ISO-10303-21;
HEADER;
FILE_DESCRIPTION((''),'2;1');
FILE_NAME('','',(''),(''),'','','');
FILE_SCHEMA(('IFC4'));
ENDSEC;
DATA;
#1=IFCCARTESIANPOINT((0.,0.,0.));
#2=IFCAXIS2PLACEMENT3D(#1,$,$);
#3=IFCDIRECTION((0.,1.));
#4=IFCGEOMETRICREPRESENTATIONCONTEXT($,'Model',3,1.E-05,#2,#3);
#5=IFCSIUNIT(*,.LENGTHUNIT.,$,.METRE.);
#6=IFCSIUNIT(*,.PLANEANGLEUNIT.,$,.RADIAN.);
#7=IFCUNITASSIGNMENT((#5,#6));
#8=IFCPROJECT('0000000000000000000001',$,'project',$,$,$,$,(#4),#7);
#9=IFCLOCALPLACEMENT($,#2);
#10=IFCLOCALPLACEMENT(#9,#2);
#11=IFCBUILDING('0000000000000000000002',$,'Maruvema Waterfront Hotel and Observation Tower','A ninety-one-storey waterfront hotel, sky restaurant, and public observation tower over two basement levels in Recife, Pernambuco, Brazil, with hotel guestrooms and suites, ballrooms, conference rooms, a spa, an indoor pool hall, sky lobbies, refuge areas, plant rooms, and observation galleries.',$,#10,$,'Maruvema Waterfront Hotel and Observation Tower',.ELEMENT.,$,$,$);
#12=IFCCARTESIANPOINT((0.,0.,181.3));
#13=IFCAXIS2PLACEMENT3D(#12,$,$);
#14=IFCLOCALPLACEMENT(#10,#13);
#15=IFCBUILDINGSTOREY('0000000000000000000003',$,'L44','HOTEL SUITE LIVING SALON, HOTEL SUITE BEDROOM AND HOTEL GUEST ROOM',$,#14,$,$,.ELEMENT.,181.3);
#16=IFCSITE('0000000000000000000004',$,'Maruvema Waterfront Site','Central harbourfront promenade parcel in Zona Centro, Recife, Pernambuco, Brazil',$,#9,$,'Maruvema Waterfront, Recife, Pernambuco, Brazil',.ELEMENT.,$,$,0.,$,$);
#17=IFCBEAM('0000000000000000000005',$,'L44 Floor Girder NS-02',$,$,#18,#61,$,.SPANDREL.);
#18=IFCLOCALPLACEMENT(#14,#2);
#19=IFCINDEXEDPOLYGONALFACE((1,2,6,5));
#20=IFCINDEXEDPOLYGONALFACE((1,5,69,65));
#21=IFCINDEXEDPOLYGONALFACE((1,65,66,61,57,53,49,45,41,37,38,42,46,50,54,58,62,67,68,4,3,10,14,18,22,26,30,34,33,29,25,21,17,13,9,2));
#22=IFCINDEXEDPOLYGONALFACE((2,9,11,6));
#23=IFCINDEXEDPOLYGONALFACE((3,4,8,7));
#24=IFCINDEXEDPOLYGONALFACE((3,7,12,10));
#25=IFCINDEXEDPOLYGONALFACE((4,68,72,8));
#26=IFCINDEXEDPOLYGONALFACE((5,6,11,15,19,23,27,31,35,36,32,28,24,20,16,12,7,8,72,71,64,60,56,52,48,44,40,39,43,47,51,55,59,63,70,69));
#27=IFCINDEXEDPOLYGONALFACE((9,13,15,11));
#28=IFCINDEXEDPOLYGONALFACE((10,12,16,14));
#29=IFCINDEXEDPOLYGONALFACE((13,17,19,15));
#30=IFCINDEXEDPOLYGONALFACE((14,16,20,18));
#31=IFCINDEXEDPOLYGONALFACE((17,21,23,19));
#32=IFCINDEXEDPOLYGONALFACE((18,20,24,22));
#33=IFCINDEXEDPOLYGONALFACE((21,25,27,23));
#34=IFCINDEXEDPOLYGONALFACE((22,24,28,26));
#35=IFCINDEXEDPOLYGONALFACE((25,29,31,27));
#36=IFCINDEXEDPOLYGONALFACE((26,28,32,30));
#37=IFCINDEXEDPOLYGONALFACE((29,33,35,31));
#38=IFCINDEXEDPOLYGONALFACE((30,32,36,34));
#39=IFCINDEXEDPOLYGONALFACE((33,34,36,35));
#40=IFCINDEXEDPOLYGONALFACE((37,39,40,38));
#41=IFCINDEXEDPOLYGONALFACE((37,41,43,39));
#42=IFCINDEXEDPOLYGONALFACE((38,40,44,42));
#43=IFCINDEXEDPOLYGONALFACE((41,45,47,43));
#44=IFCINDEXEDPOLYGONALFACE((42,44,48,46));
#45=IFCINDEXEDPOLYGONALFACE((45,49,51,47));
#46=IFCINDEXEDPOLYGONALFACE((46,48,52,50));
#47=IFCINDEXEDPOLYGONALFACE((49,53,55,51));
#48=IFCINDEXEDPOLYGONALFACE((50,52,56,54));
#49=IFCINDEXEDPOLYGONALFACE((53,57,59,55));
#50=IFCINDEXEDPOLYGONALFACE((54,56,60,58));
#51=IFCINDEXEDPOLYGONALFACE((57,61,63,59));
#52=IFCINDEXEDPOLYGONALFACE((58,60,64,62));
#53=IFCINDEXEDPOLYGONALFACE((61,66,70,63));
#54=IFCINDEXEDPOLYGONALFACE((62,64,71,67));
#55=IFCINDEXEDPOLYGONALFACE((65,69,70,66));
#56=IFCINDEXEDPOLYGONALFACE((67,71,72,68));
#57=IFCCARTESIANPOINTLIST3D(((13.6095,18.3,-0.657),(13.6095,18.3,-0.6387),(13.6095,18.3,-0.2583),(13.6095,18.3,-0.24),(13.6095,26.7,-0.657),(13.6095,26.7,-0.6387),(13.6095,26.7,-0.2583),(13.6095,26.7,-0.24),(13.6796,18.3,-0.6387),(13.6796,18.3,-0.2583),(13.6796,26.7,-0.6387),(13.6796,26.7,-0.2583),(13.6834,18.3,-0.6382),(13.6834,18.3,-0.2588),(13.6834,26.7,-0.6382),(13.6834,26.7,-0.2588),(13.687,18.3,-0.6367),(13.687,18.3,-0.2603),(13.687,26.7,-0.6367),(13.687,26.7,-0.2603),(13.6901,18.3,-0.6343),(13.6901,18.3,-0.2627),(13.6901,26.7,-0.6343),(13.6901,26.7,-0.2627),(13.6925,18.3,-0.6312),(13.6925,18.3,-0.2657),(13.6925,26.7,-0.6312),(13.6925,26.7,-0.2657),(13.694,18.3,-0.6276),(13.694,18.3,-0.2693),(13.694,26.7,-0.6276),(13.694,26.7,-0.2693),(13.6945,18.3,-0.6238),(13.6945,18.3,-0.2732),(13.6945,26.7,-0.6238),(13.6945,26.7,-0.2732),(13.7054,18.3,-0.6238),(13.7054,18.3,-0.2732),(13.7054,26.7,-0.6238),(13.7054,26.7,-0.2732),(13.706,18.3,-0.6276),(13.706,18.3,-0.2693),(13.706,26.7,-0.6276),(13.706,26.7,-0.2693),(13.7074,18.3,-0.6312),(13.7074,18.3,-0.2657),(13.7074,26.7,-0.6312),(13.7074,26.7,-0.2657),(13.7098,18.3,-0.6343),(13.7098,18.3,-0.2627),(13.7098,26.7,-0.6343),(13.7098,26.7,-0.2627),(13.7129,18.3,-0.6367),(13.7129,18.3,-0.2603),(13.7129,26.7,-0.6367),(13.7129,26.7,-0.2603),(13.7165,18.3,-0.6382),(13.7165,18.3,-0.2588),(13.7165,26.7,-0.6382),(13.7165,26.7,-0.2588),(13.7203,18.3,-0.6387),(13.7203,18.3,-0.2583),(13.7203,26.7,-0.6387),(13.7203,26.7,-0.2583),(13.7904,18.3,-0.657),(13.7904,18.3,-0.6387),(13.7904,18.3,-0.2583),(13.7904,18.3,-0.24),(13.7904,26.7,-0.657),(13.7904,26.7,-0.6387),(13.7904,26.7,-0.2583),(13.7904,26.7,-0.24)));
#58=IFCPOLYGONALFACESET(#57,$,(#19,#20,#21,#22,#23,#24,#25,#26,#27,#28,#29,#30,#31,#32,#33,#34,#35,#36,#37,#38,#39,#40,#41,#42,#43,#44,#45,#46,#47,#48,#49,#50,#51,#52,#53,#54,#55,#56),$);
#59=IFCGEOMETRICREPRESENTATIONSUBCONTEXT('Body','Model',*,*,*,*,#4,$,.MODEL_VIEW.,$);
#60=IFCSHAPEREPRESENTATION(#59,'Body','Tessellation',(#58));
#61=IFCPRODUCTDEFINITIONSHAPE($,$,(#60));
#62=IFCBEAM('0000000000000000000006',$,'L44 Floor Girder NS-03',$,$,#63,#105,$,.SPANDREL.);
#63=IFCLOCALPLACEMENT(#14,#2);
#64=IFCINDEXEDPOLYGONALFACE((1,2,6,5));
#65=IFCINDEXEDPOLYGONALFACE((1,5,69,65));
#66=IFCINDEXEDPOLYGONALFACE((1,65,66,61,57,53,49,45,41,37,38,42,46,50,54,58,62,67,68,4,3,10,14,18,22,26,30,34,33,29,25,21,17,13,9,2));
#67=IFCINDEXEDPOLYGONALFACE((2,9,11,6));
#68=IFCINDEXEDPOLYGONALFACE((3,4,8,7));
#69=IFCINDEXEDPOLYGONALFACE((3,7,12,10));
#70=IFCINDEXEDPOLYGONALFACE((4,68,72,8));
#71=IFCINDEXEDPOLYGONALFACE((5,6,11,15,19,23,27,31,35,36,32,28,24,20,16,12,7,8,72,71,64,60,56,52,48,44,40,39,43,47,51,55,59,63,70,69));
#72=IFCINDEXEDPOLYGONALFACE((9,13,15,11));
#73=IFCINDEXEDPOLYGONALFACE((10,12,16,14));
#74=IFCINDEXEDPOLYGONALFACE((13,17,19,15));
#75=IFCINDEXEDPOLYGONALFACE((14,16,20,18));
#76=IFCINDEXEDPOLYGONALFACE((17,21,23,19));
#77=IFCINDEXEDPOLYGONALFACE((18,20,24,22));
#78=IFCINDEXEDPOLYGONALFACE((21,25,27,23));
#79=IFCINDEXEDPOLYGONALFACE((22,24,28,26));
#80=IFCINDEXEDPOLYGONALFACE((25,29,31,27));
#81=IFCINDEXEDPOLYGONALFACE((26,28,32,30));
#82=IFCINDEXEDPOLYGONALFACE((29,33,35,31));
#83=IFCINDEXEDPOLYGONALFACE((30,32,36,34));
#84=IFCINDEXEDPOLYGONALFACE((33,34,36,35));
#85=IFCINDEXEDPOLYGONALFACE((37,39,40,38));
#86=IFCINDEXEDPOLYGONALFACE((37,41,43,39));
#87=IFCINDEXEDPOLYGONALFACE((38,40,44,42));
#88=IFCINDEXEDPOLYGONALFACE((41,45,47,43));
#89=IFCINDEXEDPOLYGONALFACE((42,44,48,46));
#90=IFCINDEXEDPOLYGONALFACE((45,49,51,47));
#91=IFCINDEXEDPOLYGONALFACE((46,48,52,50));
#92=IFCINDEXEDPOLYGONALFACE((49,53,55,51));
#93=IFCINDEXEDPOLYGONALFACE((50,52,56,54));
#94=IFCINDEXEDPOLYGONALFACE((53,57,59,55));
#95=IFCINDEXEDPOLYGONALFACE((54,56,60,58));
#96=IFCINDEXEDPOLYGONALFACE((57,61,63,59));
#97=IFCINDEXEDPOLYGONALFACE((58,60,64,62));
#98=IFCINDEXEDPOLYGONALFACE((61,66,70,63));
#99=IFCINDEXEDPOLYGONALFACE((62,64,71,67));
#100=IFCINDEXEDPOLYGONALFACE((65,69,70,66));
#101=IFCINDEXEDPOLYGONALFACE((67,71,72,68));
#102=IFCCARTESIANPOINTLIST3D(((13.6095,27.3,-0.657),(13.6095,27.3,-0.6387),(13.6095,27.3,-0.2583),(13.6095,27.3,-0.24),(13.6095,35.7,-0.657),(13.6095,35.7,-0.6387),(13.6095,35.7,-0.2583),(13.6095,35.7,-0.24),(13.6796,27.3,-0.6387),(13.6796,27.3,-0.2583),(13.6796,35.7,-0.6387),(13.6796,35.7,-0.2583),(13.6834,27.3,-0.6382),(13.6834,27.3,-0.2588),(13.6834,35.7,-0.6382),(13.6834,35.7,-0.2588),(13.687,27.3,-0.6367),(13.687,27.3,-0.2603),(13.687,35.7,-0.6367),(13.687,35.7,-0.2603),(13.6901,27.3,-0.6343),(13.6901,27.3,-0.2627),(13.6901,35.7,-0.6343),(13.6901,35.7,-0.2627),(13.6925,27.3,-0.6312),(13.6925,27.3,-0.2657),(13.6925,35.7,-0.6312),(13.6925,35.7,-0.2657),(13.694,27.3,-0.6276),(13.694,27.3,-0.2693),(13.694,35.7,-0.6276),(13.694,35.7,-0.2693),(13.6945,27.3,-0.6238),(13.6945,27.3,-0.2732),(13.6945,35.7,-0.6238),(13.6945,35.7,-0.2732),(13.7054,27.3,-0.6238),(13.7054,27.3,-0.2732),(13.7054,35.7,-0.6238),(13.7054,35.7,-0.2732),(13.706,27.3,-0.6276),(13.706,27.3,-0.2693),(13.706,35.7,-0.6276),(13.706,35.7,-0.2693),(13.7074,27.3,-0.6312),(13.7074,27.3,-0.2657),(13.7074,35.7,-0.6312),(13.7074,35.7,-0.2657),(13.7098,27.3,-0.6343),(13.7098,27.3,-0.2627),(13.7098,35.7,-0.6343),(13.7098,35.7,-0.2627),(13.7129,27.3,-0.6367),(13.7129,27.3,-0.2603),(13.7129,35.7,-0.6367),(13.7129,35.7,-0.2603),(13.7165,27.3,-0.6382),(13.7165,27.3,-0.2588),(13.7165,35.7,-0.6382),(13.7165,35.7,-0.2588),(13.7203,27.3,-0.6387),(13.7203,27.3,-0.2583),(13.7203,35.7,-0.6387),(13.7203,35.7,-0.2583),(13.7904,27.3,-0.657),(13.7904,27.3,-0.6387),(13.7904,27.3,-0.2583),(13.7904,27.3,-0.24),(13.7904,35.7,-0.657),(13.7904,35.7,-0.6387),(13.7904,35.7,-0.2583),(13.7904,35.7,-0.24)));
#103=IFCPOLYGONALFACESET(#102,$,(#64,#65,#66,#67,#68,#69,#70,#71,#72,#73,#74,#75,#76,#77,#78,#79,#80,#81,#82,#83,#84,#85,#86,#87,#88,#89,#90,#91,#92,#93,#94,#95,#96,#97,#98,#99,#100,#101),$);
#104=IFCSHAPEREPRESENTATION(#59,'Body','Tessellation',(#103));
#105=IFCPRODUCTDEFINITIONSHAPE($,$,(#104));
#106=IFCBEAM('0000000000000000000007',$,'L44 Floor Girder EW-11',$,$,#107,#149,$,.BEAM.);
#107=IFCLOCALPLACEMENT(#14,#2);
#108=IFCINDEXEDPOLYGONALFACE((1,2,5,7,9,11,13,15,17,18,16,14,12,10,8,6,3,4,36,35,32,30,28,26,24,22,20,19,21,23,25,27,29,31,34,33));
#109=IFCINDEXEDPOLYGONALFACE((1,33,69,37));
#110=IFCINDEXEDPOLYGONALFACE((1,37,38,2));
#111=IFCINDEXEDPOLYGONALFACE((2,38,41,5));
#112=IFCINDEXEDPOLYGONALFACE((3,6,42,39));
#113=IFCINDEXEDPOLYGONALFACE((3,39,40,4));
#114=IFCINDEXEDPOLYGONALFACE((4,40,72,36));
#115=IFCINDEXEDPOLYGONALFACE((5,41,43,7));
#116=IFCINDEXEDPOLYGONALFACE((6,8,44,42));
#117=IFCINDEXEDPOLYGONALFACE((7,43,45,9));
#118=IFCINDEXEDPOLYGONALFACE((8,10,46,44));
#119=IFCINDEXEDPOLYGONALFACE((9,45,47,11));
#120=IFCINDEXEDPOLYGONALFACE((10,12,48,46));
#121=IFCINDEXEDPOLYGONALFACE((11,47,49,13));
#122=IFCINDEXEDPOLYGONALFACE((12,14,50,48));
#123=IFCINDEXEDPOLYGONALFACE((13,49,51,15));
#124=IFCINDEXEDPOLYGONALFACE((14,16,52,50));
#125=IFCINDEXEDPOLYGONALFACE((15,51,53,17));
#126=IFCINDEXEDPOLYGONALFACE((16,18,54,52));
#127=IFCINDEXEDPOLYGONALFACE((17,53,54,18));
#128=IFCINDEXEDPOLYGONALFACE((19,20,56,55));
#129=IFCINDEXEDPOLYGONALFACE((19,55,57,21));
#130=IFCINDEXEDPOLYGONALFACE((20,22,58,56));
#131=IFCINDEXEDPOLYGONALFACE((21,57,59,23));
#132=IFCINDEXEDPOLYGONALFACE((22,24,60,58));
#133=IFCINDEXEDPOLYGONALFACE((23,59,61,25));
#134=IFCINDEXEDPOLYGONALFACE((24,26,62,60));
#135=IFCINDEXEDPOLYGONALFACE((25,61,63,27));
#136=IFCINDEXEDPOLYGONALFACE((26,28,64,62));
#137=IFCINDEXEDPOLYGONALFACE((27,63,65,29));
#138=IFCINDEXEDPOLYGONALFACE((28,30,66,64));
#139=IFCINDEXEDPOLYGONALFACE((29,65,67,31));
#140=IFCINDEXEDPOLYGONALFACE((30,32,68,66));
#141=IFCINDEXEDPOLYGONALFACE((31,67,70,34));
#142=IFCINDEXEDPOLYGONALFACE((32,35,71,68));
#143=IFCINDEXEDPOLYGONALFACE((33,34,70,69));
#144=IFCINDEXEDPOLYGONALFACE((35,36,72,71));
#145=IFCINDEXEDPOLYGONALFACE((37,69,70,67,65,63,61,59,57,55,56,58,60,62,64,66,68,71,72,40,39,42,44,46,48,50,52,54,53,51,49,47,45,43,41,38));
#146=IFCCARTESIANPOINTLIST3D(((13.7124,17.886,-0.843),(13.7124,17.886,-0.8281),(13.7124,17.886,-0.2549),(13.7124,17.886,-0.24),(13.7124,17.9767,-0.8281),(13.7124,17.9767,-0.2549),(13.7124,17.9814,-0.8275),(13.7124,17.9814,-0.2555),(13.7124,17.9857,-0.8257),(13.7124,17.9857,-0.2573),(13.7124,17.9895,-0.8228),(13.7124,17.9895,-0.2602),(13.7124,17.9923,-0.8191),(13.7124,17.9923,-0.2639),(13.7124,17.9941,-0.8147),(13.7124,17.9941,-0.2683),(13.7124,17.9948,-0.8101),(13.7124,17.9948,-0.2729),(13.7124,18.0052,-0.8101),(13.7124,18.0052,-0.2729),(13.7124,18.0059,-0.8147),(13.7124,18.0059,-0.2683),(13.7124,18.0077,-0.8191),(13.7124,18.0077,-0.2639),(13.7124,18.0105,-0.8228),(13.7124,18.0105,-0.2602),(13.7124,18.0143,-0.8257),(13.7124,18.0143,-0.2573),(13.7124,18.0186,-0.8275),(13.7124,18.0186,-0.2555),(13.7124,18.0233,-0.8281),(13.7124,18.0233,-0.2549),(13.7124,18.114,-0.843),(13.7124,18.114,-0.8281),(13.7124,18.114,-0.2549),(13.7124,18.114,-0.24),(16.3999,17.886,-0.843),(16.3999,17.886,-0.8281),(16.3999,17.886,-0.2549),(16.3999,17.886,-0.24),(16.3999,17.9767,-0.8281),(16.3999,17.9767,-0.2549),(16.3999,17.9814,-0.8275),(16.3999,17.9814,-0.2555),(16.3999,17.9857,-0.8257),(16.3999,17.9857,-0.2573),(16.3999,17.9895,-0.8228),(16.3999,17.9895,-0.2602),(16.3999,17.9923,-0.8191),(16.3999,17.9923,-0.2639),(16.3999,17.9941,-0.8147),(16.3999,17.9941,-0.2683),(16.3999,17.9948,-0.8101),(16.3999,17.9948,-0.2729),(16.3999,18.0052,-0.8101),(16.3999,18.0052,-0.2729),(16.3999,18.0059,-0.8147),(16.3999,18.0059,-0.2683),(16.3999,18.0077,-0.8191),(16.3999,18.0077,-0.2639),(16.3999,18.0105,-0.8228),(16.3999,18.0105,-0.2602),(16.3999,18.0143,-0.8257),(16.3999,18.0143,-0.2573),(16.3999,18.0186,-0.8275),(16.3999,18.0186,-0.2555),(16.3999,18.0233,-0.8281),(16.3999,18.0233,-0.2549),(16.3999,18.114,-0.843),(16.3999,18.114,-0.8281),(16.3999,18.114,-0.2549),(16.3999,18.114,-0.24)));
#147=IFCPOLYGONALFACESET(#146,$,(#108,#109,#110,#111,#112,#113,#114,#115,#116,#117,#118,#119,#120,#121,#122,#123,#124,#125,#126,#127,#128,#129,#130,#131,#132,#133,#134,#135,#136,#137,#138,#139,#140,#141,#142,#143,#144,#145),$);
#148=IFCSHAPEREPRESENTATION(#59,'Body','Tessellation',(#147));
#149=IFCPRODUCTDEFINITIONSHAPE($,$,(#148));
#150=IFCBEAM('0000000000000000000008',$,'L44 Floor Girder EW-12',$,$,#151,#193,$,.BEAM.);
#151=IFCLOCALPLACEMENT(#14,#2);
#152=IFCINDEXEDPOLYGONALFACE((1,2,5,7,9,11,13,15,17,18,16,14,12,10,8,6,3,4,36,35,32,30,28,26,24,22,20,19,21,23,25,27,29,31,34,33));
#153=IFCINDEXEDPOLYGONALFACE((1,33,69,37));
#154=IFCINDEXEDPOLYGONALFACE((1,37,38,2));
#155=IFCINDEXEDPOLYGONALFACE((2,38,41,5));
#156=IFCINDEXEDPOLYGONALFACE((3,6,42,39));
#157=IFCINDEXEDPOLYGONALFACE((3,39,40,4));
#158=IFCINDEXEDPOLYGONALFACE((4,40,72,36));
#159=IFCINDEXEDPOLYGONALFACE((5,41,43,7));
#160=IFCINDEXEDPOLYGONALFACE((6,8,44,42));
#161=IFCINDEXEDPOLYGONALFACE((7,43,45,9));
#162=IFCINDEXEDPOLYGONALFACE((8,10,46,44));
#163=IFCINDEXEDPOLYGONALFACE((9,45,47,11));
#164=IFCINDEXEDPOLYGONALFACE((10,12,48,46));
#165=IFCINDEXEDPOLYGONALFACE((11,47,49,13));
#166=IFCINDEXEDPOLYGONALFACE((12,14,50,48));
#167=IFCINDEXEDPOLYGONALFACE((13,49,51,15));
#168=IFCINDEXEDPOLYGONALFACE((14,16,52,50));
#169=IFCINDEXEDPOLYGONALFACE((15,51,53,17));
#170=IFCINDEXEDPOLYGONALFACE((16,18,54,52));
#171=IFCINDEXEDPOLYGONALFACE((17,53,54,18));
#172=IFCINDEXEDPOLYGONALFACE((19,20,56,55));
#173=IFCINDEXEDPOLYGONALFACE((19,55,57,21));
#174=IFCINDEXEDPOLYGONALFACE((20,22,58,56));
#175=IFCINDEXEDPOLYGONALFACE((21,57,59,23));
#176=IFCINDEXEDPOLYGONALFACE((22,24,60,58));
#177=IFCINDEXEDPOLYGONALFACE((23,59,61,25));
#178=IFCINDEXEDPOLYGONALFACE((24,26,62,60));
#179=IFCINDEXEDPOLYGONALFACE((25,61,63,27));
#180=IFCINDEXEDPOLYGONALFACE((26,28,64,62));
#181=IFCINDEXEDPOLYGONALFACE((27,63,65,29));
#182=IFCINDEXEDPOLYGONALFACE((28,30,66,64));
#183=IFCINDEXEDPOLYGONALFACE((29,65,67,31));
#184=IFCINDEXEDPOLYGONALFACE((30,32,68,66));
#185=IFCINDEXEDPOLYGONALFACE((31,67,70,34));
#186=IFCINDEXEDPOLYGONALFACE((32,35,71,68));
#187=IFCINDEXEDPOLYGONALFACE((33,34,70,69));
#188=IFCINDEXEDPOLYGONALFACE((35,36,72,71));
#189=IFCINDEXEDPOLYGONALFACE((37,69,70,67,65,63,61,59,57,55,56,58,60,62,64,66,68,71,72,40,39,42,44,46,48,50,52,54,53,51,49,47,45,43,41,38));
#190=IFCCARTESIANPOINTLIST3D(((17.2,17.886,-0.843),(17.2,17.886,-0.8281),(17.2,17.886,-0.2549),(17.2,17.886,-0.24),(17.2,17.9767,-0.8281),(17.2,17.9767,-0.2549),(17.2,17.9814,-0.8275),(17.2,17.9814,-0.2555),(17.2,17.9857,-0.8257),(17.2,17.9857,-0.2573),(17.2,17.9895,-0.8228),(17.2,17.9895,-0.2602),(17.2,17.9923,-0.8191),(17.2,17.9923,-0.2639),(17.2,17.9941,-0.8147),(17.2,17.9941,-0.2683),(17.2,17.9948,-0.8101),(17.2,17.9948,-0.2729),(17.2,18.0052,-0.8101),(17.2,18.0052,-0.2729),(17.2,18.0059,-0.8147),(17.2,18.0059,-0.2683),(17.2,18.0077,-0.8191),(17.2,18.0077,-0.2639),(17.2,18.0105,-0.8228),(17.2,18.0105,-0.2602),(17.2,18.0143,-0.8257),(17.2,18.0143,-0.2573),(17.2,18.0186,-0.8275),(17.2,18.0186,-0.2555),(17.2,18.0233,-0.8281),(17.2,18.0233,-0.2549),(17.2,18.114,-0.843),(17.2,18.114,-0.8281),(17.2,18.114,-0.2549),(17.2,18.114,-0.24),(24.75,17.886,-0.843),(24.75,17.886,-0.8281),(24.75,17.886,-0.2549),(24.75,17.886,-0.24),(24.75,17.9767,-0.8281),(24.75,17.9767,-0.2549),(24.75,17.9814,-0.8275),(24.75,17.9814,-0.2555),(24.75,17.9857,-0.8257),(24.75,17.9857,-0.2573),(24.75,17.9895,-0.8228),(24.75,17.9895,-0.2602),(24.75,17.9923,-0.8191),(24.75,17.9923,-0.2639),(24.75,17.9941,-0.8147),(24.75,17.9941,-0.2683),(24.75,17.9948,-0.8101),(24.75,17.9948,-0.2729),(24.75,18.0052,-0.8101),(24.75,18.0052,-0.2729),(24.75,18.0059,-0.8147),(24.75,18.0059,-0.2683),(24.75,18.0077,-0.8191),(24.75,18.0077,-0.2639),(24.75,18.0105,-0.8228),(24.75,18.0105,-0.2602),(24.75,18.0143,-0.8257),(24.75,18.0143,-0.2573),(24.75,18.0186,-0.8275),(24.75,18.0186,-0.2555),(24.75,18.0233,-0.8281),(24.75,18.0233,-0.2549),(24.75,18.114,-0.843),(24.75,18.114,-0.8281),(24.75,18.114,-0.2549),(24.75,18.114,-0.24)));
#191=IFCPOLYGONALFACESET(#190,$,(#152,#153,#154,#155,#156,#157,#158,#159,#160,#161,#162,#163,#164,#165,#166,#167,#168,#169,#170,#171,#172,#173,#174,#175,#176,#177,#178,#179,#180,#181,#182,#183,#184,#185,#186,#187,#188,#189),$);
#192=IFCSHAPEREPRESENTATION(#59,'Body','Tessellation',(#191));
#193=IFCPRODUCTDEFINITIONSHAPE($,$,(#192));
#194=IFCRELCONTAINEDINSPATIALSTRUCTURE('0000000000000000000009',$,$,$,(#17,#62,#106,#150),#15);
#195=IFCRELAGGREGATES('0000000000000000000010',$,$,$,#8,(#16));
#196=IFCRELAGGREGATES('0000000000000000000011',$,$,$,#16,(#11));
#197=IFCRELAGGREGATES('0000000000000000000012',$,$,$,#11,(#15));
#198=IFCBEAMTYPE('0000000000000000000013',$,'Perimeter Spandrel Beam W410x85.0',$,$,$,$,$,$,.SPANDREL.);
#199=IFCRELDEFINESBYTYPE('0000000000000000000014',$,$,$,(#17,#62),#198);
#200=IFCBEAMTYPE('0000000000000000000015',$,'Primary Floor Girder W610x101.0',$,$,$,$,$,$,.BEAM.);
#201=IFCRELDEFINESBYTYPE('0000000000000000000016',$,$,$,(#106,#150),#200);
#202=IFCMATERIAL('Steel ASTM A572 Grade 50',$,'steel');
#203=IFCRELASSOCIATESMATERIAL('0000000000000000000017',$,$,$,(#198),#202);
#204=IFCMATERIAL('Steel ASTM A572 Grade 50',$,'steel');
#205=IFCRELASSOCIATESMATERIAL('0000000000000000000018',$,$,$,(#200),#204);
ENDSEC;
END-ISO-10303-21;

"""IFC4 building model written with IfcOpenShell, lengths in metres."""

from ifc_helpers import new_model, si_unit, direction, frame, origin, origin_2d, place, context, subcontext, project, spatial, i_section, extrude, material, material_profile, profile_set, type_object, element, save


model = new_model("IFC4")

# Units and contexts
model_context = context("Model", 3, precision=1e-05, world=origin(), true_north=direction((0.0, 1.0)))
body_context = subcontext(model_context, "Body", "Model", "MODEL_VIEW")
ifc_project = project(units=[si_unit("LENGTHUNIT", "METRE"), si_unit("PLANEANGLEUNIT", "RADIAN")], contexts=[model_context])

# Site, building, storey
site_placement = place(None, origin())
site = spatial("IfcSite", under=ifc_project, at=site_placement, Name="Maruvema Waterfront Site", Description="Central harbourfront promenade parcel in Zona Centro, Recife, Pernambuco, Brazil", LongName="Maruvema Waterfront, Recife, Pernambuco, Brazil", CompositionType="ELEMENT", RefElevation=0.0)
building_placement = place(site_placement, origin())
building = spatial("IfcBuilding", under=site, at=building_placement, Name="Maruvema Waterfront Hotel and Observation Tower", Description="A ninety-one-storey waterfront hotel, sky restaurant, and public observation tower over two basement levels in Recife, Pernambuco, Brazil, with hotel guestrooms and suites, ballrooms, conference rooms, a spa, an indoor pool hall, sky lobbies, refuge areas, plant rooms, and observation galleries.", LongName="Maruvema Waterfront Hotel and Observation Tower", CompositionType="ELEMENT")
storey_placement = place(building_placement, frame((0.0, 0.0, 181.3)))
storey = spatial("IfcBuildingStorey", under=building, at=storey_placement, Name="L44", Description="HOTEL SUITE LIVING SALON, HOTEL SUITE BEDROOM AND HOTEL GUEST ROOM", CompositionType="ELEMENT", Elevation=181.3)

# Beams
ifc_material_1 = material(Name="Steel ASTM A572 Grade 50", Category="steel")
ifc_material_profile_1 = material_profile(ifc_material_1, i_section(OverallWidth=0.1809, OverallDepth=0.417, WebThickness=0.011, FlangeThickness=0.0183, FilletRadius=0.0149, at=origin_2d()), Name="W410x85.0")
ifc_profile_set_1 = profile_set([ifc_material_profile_1], Name="Steel ASTM A572 Grade 50")
beam_type_1 = type_object("IfcBeamType", Name="Perimeter Spandrel Beam W410x85.0", PredefinedType="SPANDREL", material=ifc_profile_set_1)
for number, where, z_axis, x_axis, name in (
    (1, (13.7, 18.3, -0.4485), (0.0, 1.0, 0.0), (-1.0, 0.0, 0.0), "L44 Floor Girder NS-02"),
    (2, (13.7, 27.3, -0.4485), (0.0, 1.0, 0.0), (-1.0, 0.0, 0.0), "L44 Floor Girder NS-03"),
):
    element("IfcBeam", number, at=place(storey_placement, frame(where, z_axis=z_axis, x_axis=x_axis)), inside=storey, type_object=beam_type_1, Name=name, PredefinedType="SPANDREL", context=body_context, shape_type="SweptSolid", body=[
        extrude(i_section(OverallWidth=0.1809, OverallDepth=0.417, WebThickness=0.011, FlangeThickness=0.0183, FilletRadius=0.0149, at=origin_2d()), origin(), (0.0, 0.0, 1.0), 8.3999),
    ])
ifc_material_2 = material(Name="Steel ASTM A572 Grade 50", Category="steel")
ifc_material_profile_2 = material_profile(ifc_material_2, i_section(OverallWidth=0.228, OverallDepth=0.603, WebThickness=0.0105, FlangeThickness=0.0149, FilletRadius=0.0181, at=origin_2d()), Name="W610x101.0")
ifc_profile_set_2 = profile_set([ifc_material_profile_2], Name="Steel ASTM A572 Grade 50")
beam_type_2 = type_object("IfcBeamType", Name="Primary Floor Girder W610x101.0", PredefinedType="BEAM", material=ifc_profile_set_2)
beam_1_placement = place(storey_placement, frame((13.7124, 18.0, -0.5415), z_axis=(1.0, 0.0, 0.0), x_axis=(0.0, 1.0, 0.0)))
element("IfcBeam", 3, at=beam_1_placement, inside=storey, type_object=beam_type_2, Name="L44 Floor Girder EW-11", PredefinedType="BEAM", context=body_context, shape_type="SweptSolid", body=[
    extrude(i_section(OverallWidth=0.228, OverallDepth=0.603, WebThickness=0.0105, FlangeThickness=0.0149, FilletRadius=0.0181, at=origin_2d()), origin(), (0.0, 0.0, 1.0), 2.6875),
])
beam_2_placement = place(storey_placement, frame((17.2, 18.0, -0.5415), z_axis=(1.0, 0.0, 0.0), x_axis=(0.0, 1.0, 0.0)))
element("IfcBeam", 4, at=beam_2_placement, inside=storey, type_object=beam_type_2, Name="L44 Floor Girder EW-12", PredefinedType="BEAM", context=body_context, shape_type="SweptSolid", body=[
    extrude(i_section(OverallWidth=0.228, OverallDepth=0.603, WebThickness=0.0105, FlangeThickness=0.0149, FilletRadius=0.0181, at=origin_2d()), origin(), (0.0, 0.0, 1.0), 7.55),
])

save(model, "model.ifc")
